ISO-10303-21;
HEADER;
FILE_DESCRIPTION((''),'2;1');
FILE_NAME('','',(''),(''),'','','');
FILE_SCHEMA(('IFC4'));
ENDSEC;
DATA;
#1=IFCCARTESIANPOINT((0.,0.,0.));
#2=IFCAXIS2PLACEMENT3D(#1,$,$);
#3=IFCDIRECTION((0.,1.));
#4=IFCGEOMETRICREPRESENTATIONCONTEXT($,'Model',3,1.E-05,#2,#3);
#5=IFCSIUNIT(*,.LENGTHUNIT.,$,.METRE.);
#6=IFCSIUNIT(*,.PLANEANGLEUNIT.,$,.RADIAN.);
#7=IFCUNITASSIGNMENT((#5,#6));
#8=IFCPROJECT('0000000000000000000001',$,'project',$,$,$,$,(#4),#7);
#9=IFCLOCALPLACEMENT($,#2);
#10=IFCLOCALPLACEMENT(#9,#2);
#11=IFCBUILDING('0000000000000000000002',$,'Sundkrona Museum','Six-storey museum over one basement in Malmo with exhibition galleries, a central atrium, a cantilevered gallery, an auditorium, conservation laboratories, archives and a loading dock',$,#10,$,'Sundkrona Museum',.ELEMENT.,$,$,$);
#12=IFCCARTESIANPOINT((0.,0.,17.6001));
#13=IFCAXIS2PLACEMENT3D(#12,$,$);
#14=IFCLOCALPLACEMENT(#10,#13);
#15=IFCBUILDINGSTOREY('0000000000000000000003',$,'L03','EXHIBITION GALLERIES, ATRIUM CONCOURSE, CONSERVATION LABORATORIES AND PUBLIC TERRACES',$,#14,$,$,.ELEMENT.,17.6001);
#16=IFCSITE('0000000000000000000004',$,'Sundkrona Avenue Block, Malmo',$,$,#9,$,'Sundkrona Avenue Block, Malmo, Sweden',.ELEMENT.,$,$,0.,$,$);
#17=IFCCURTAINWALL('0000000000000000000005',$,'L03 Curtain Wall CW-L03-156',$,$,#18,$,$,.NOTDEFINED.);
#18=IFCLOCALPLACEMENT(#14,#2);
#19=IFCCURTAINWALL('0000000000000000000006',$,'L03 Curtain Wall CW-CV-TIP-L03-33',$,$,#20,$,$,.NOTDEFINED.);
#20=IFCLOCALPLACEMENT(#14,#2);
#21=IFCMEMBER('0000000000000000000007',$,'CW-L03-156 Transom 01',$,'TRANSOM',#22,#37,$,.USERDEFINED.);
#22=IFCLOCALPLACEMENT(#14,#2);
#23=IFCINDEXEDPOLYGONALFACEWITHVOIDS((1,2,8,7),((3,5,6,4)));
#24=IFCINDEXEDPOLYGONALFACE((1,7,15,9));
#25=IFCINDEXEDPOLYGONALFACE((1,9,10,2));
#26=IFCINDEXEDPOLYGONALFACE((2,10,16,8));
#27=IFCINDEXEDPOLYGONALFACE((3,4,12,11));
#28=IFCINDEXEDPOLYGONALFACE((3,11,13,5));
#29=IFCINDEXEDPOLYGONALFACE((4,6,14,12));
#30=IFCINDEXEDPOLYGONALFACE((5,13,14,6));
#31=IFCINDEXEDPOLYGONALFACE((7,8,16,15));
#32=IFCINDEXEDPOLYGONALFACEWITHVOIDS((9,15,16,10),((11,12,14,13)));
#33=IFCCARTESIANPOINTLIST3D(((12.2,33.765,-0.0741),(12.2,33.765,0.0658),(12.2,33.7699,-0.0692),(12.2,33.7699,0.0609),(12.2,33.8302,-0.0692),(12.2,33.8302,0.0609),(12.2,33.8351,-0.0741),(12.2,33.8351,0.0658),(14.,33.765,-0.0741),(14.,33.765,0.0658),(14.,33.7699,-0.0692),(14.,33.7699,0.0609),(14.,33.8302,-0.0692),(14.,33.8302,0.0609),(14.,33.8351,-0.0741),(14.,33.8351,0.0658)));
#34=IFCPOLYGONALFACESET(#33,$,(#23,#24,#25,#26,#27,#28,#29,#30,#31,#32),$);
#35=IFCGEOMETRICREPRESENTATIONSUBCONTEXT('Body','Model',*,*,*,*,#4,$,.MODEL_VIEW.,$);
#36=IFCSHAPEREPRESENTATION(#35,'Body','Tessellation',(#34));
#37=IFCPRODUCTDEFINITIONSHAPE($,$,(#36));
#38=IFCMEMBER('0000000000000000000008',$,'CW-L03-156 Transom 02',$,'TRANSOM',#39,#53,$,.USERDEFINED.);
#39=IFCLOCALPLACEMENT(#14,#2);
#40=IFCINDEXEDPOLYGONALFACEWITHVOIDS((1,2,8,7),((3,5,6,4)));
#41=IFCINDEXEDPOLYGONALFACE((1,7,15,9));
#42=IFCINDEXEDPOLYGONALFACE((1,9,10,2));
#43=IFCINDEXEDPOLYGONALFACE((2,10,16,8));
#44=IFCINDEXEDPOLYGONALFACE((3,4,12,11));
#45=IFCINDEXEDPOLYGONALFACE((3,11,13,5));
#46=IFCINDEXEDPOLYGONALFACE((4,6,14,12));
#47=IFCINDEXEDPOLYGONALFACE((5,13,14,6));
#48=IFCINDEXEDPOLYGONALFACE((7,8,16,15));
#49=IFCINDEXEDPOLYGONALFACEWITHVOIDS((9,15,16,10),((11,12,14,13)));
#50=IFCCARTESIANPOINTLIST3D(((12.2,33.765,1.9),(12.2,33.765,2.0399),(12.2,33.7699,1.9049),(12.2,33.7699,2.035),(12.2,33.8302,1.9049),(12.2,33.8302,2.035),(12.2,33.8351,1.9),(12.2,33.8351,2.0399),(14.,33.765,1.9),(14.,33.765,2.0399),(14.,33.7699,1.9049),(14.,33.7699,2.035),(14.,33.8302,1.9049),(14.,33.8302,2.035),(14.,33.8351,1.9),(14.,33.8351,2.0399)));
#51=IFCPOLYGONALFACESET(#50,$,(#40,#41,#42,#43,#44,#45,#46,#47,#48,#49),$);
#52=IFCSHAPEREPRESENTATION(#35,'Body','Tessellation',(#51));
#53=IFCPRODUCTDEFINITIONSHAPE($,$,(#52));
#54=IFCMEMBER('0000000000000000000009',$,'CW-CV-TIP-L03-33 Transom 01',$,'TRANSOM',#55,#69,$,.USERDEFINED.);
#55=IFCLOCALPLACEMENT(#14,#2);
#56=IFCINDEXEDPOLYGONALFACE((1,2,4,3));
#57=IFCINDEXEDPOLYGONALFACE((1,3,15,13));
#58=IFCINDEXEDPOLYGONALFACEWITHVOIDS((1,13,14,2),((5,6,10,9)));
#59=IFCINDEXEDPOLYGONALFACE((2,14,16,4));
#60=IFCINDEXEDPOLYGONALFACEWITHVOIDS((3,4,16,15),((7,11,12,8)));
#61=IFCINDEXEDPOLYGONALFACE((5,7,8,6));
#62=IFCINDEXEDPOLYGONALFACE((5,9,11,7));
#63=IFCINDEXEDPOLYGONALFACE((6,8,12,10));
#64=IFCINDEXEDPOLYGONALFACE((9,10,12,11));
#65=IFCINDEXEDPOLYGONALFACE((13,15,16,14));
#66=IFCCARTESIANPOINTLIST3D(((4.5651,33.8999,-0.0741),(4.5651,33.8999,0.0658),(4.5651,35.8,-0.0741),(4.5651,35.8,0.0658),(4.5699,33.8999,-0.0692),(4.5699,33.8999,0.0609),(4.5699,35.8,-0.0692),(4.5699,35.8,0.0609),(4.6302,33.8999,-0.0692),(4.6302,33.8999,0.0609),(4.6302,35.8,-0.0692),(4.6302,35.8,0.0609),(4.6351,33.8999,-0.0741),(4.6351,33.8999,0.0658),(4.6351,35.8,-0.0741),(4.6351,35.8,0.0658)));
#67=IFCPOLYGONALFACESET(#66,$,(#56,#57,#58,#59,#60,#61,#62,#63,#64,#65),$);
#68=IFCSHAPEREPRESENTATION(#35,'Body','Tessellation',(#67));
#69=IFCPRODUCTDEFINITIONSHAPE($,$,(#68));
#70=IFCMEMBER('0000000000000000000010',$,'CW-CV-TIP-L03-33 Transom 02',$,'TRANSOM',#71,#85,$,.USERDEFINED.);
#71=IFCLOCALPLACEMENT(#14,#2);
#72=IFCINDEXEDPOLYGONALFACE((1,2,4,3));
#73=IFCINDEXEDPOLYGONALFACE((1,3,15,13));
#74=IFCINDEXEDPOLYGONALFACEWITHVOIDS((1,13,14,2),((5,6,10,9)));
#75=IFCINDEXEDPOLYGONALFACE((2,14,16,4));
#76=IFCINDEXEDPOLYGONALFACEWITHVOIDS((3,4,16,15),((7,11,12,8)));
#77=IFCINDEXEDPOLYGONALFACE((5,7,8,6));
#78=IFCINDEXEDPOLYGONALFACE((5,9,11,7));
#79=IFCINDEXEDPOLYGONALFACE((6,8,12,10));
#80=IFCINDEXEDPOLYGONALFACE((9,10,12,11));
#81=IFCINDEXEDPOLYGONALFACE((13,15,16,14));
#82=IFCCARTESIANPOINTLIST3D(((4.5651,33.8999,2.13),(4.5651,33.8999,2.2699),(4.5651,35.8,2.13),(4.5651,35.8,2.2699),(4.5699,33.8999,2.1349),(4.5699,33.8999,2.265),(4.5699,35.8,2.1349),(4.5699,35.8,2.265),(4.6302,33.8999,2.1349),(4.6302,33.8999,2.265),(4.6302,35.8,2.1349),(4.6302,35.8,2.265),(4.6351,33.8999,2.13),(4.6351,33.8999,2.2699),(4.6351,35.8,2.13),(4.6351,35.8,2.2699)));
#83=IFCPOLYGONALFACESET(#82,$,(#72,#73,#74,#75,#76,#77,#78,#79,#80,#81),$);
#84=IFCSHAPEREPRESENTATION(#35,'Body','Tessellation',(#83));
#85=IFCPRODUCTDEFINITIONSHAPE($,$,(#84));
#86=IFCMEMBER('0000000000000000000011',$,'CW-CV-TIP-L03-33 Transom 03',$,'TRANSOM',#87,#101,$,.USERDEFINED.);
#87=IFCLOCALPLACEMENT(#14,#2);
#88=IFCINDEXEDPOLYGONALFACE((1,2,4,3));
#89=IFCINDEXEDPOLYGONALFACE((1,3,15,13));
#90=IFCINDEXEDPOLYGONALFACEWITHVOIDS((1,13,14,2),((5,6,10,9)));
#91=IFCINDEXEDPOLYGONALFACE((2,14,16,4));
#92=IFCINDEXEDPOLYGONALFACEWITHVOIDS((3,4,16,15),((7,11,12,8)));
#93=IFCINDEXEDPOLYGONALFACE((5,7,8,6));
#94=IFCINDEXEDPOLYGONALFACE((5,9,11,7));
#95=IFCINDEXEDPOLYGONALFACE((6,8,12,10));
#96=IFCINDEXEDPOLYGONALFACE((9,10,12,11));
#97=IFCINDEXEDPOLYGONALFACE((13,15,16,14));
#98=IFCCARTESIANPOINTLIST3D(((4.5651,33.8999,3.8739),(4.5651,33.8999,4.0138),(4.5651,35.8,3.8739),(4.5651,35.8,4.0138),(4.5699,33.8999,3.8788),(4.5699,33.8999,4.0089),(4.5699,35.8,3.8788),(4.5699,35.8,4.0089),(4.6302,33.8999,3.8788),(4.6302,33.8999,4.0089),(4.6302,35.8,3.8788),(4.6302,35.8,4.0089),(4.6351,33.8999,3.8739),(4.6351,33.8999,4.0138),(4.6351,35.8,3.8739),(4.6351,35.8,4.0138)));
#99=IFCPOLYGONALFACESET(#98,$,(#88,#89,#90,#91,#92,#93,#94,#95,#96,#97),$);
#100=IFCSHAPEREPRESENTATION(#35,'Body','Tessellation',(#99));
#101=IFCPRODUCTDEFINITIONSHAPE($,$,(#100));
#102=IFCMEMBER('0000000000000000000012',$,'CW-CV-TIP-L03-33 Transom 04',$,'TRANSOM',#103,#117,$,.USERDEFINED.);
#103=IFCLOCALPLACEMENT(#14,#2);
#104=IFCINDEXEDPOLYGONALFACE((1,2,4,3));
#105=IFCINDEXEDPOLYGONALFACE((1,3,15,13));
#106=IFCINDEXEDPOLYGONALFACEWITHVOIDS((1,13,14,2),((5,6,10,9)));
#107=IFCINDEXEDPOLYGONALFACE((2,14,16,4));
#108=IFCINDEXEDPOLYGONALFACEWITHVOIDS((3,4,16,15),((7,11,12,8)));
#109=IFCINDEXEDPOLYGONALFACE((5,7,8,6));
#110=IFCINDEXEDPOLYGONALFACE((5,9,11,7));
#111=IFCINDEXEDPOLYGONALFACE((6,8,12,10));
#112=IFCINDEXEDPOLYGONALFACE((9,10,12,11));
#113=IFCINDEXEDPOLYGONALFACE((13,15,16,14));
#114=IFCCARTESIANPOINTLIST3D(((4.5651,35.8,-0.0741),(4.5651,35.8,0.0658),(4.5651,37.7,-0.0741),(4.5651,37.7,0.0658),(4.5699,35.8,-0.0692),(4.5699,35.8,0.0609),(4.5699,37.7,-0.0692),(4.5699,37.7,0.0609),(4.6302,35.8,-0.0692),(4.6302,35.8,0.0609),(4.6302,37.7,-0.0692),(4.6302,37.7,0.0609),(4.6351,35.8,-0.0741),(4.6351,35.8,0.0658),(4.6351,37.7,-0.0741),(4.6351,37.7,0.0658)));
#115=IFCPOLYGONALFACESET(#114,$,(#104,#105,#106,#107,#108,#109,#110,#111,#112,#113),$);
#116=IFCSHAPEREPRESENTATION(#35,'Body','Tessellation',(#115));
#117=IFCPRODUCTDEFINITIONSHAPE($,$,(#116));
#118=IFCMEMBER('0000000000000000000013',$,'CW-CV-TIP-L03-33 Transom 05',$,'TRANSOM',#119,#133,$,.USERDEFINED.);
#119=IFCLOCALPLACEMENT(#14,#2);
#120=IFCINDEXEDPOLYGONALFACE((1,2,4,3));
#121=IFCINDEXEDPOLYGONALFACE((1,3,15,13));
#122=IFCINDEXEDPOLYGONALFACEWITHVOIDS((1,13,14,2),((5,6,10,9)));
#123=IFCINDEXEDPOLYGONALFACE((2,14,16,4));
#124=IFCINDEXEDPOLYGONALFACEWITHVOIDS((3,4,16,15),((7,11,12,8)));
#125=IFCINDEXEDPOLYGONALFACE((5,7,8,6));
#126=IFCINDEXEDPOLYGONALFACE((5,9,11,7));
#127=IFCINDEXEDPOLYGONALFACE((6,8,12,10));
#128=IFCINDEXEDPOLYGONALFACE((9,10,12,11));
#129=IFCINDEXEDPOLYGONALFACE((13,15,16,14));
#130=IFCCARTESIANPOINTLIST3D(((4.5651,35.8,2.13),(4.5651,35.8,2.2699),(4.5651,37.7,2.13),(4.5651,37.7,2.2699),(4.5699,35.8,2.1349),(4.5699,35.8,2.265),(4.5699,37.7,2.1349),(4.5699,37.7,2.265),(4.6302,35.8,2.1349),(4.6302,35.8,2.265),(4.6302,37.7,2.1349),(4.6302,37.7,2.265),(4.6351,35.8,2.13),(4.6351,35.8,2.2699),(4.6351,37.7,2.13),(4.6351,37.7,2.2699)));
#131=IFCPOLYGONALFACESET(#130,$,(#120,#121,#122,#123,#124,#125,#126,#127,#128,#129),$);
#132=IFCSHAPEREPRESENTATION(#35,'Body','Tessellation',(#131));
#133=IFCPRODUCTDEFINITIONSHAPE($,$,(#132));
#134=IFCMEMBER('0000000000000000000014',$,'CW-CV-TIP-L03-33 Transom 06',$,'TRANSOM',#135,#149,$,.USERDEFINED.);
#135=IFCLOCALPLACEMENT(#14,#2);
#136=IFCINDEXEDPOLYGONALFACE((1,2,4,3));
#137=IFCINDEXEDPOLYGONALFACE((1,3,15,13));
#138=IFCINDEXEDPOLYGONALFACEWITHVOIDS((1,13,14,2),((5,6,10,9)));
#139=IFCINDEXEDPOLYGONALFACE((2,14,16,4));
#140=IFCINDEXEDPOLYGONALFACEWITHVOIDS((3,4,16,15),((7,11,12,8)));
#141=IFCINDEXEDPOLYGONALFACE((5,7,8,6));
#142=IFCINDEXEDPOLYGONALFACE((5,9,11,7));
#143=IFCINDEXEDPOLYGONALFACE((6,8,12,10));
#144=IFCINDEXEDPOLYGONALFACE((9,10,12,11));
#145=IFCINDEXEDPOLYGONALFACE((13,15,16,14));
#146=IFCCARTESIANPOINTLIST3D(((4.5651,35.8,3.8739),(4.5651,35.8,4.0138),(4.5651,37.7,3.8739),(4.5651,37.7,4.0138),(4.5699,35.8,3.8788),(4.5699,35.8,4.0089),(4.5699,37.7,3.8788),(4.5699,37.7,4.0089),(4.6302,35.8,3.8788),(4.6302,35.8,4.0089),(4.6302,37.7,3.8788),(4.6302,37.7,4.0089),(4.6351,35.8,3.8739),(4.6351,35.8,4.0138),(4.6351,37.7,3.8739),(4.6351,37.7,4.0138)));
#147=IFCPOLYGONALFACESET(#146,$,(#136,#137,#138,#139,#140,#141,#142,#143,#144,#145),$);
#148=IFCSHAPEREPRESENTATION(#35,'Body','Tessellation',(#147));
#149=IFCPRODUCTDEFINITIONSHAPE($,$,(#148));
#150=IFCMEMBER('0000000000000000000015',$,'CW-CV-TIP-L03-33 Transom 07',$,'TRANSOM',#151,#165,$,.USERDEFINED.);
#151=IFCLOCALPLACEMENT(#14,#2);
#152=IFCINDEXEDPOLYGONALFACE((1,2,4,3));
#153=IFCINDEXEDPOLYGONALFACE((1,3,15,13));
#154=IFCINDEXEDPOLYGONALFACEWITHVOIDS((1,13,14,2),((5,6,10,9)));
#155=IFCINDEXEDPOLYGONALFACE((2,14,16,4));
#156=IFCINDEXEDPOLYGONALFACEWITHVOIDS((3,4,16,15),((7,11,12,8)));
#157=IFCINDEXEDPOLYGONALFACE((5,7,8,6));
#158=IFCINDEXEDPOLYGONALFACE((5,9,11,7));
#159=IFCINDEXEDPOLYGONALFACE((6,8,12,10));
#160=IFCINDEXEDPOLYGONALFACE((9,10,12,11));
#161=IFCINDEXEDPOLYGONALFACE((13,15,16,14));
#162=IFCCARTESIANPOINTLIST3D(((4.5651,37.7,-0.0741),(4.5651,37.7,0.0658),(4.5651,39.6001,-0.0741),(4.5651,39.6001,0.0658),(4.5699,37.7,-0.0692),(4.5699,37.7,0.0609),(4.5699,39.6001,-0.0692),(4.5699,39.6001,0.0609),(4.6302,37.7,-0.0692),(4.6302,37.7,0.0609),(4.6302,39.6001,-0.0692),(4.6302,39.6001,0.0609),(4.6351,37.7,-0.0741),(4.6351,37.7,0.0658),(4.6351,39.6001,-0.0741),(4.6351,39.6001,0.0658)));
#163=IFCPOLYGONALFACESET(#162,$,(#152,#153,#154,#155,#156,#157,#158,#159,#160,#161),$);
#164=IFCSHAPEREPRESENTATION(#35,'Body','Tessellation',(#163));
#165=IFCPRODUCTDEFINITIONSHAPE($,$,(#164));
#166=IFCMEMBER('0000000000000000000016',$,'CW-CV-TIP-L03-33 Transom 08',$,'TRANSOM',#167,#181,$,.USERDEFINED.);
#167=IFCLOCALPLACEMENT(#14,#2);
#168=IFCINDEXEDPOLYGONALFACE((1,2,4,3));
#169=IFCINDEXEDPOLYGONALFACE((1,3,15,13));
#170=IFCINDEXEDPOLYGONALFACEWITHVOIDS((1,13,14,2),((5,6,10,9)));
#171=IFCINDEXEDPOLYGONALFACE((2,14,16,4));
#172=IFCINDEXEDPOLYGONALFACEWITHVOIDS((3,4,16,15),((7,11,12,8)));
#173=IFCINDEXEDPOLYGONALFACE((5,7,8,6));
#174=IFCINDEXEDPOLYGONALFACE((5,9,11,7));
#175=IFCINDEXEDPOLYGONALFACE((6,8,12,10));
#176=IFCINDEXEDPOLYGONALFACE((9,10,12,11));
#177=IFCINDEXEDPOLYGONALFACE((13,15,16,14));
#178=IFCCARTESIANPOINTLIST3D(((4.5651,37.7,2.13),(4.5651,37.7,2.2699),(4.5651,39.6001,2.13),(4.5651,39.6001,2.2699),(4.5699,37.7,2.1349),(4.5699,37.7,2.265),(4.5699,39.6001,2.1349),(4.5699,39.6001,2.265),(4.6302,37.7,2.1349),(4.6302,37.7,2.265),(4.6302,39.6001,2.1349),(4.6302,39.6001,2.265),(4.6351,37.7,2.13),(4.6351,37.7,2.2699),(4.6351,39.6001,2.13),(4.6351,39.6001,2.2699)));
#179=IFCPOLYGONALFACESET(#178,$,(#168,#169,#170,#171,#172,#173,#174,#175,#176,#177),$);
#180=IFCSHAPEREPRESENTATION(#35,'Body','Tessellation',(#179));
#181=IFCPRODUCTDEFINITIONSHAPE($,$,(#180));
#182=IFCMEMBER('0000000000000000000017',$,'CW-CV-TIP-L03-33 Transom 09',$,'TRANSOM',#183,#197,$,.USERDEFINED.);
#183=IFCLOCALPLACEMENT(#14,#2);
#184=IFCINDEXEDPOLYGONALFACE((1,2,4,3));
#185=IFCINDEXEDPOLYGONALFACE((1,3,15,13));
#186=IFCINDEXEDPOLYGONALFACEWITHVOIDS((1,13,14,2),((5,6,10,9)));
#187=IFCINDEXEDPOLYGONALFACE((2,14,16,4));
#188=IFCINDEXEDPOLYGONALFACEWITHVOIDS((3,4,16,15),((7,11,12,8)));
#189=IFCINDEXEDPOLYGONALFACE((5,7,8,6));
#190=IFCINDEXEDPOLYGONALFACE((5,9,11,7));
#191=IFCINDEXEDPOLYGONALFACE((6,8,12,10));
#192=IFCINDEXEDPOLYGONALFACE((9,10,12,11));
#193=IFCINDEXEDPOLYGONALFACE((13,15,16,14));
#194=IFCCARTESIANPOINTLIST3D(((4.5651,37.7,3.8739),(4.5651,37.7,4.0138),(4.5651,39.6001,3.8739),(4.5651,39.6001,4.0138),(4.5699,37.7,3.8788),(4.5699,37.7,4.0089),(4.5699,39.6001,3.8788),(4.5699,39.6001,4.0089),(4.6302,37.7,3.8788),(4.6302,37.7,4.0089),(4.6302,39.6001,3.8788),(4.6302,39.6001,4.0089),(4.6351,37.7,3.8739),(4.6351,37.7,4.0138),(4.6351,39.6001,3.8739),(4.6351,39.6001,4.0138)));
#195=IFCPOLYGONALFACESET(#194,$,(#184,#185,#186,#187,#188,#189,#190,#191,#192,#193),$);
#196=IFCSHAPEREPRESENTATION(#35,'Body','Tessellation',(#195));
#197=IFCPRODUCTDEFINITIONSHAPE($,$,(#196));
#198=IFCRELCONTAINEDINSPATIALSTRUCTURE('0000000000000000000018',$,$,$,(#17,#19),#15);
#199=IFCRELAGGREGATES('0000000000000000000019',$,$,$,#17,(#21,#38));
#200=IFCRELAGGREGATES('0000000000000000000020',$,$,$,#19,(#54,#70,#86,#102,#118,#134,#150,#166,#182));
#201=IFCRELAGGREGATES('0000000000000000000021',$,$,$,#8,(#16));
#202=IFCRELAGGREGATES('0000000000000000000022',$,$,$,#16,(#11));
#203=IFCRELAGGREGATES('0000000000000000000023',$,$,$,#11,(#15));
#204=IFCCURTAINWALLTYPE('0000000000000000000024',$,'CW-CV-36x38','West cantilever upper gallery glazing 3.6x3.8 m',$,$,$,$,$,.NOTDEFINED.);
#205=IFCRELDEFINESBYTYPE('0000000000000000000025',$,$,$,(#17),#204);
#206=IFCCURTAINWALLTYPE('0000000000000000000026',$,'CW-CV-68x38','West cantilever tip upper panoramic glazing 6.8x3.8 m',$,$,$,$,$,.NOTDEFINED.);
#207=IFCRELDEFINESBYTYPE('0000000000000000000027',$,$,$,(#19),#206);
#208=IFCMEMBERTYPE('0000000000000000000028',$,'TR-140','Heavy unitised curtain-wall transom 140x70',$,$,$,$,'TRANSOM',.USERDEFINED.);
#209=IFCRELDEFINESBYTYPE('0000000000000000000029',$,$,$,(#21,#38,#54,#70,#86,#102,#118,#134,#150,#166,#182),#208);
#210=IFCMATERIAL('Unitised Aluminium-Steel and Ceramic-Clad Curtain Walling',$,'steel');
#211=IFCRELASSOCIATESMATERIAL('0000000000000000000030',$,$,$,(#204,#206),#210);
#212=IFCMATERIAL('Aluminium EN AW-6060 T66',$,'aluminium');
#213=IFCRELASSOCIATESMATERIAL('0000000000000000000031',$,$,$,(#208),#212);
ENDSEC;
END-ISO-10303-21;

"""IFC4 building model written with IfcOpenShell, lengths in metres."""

from ifc_helpers import new_model, si_unit, direction, frame, origin, origin_2d, place, context, subcontext, project, spatial, hollow_rectangle, extrude, material, material_profile, profile_set, type_object, element, aggregate, save


model = new_model("IFC4")

# Units and contexts
model_context = context("Model", 3, precision=1e-05, world=origin(), true_north=direction((0.0, 1.0)))
body_context = subcontext(model_context, "Body", "Model", "MODEL_VIEW")
ifc_project = project(units=[si_unit("LENGTHUNIT", "METRE"), si_unit("PLANEANGLEUNIT", "RADIAN")], contexts=[model_context])

# Site, building, storey
site_placement = place(None, origin())
site = spatial("IfcSite", under=ifc_project, at=site_placement, Name="Sundkrona Avenue Block, Malmo", LongName="Sundkrona Avenue Block, Malmo, Sweden", CompositionType="ELEMENT", RefElevation=0.0)
building_placement = place(site_placement, origin())
building = spatial("IfcBuilding", under=site, at=building_placement, Name="Sundkrona Museum", Description="Six-storey museum over one basement in Malmo with exhibition galleries, a central atrium, a cantilevered gallery, an auditorium, conservation laboratories, archives and a loading dock", LongName="Sundkrona Museum", CompositionType="ELEMENT")
storey_placement = place(building_placement, frame((0.0, 0.0, 17.6001)))
storey = spatial("IfcBuildingStorey", under=building, at=storey_placement, Name="L03", Description="EXHIBITION GALLERIES, ATRIUM CONCOURSE, CONSERVATION LABORATORIES AND PUBLIC TERRACES", CompositionType="ELEMENT", Elevation=17.6001)

# Shared definitions
ifc_material_1 = material(Name="Unitised Aluminium-Steel and Ceramic-Clad Curtain Walling", Category="steel")
curtain_wall_type_1 = type_object("IfcCurtainWallType", Name="CW-CV-36x38", Description="West cantilever upper gallery glazing 3.6x3.8 m", PredefinedType="NOTDEFINED", material=ifc_material_1)
ifc_material_2 = material(Name="Aluminium EN AW-6060 T66", Category="aluminium")

# Curtain wall
curtain_wall_1_placement = place(storey_placement, origin())
curtain_wall_1 = element("IfcCurtainWall", 1, at=curtain_wall_1_placement, inside=storey, type_object=curtain_wall_type_1, Name="L03 Curtain Wall CW-L03-156", PredefinedType="NOTDEFINED")

# Curtain wall
curtain_wall_type_2 = type_object("IfcCurtainWallType", Name="CW-CV-68x38", Description="West cantilever tip upper panoramic glazing 6.8x3.8 m", PredefinedType="NOTDEFINED", material=ifc_material_1)
curtain_wall_2_placement = place(storey_placement, origin())
curtain_wall_2 = element("IfcCurtainWall", 2, at=curtain_wall_2_placement, inside=storey, type_object=curtain_wall_type_2, Name="L03 Curtain Wall CW-CV-TIP-L03-33", PredefinedType="NOTDEFINED")

# Members
ifc_material_profile_1 = material_profile(ifc_material_2, hollow_rectangle(XDim=0.0701, YDim=0.1399, WallThickness=0.0049, at=origin_2d()), Name="RHS 140x70x5.0")
ifc_profile_set_1 = profile_set([ifc_material_profile_1], Name="Aluminium EN AW-6060 T66")
member_type_1 = type_object("IfcMemberType", Name="TR-140", Description="Heavy unitised curtain-wall transom 140x70", ElementType="TRANSOM", PredefinedType="USERDEFINED", material=ifc_profile_set_1)
member_1_placement = place(storey_placement, frame((12.2, 33.8, -0.0042), z_axis=(1.0, 0.0, 0.0), x_axis=(0.0, 1.0, 0.0)))
member_1 = element("IfcMember", 3, at=member_1_placement, type_object=member_type_1, Name="CW-L03-156 Transom 01", ObjectType="TRANSOM", PredefinedType="USERDEFINED", context=body_context, shape_type="SweptSolid", body=[
    extrude(hollow_rectangle(XDim=0.0701, YDim=0.1399, WallThickness=0.0049, at=origin_2d()), origin(), (0.0, 0.0, 1.0), 1.8),
])
member_2_placement = place(storey_placement, frame((12.2, 33.8, 1.97), z_axis=(1.0, 0.0, 0.0), x_axis=(0.0, 1.0, 0.0)))
member_2 = element("IfcMember", 4, at=member_2_placement, type_object=member_type_1, Name="CW-L03-156 Transom 02", ObjectType="TRANSOM", PredefinedType="USERDEFINED", context=body_context, shape_type="SweptSolid", body=[
    extrude(hollow_rectangle(XDim=0.0701, YDim=0.1399, WallThickness=0.0049, at=origin_2d()), origin(), (0.0, 0.0, 1.0), 1.8),
])
aggregate(curtain_wall_1, [member_1, member_2])
member_3_placement = place(storey_placement, frame((4.6001, 33.8999, -0.0042), z_axis=(0.0, 1.0, 0.0), x_axis=(-1.0, 0.0, 0.0)))
member_3 = element("IfcMember", 5, at=member_3_placement, type_object=member_type_1, Name="CW-CV-TIP-L03-33 Transom 01", ObjectType="TRANSOM", PredefinedType="USERDEFINED", context=body_context, shape_type="SweptSolid", body=[
    extrude(hollow_rectangle(XDim=0.0701, YDim=0.1399, WallThickness=0.0049, at=origin_2d()), origin(), (0.0, 0.0, 1.0), 1.9001),
])
member_4_placement = place(storey_placement, frame((4.6001, 33.8999, 2.2), z_axis=(0.0, 1.0, 0.0), x_axis=(-1.0, 0.0, 0.0)))
member_4 = element("IfcMember", 6, at=member_4_placement, type_object=member_type_1, Name="CW-CV-TIP-L03-33 Transom 02", ObjectType="TRANSOM", PredefinedType="USERDEFINED", context=body_context, shape_type="SweptSolid", body=[
    extrude(hollow_rectangle(XDim=0.0701, YDim=0.1399, WallThickness=0.0049, at=origin_2d()), origin(), (0.0, 0.0, 1.0), 1.9001),
])
member_5_placement = place(storey_placement, frame((4.6001, 33.8999, 3.9438), z_axis=(0.0, 1.0, 0.0), x_axis=(-1.0, 0.0, 0.0)))
member_5 = element("IfcMember", 7, at=member_5_placement, type_object=member_type_1, Name="CW-CV-TIP-L03-33 Transom 03", ObjectType="TRANSOM", PredefinedType="USERDEFINED", context=body_context, shape_type="SweptSolid", body=[
    extrude(hollow_rectangle(XDim=0.0701, YDim=0.1399, WallThickness=0.0049, at=origin_2d()), origin(), (0.0, 0.0, 1.0), 1.9001),
])
member_6_placement = place(storey_placement, frame((4.6001, 35.8, -0.0042), z_axis=(0.0, 1.0, 0.0), x_axis=(-1.0, 0.0, 0.0)))
member_6 = element("IfcMember", 8, at=member_6_placement, type_object=member_type_1, Name="CW-CV-TIP-L03-33 Transom 04", ObjectType="TRANSOM", PredefinedType="USERDEFINED", context=body_context, shape_type="SweptSolid", body=[
    extrude(hollow_rectangle(XDim=0.0701, YDim=0.1399, WallThickness=0.0049, at=origin_2d()), origin(), (0.0, 0.0, 1.0), 1.8999),
])
member_7_placement = place(storey_placement, frame((4.6001, 35.8, 2.2), z_axis=(0.0, 1.0, 0.0), x_axis=(-1.0, 0.0, 0.0)))
member_7 = element("IfcMember", 9, at=member_7_placement, type_object=member_type_1, Name="CW-CV-TIP-L03-33 Transom 05", ObjectType="TRANSOM", PredefinedType="USERDEFINED", context=body_context, shape_type="SweptSolid", body=[
    extrude(hollow_rectangle(XDim=0.0701, YDim=0.1399, WallThickness=0.0049, at=origin_2d()), origin(), (0.0, 0.0, 1.0), 1.8999),
])
member_8_placement = place(storey_placement, frame((4.6001, 35.8, 3.9438), z_axis=(0.0, 1.0, 0.0), x_axis=(-1.0, 0.0, 0.0)))
member_8 = element("IfcMember", 10, at=member_8_placement, type_object=member_type_1, Name="CW-CV-TIP-L03-33 Transom 06", ObjectType="TRANSOM", PredefinedType="USERDEFINED", context=body_context, shape_type="SweptSolid", body=[
    extrude(hollow_rectangle(XDim=0.0701, YDim=0.1399, WallThickness=0.0049, at=origin_2d()), origin(), (0.0, 0.0, 1.0), 1.8999),
])
member_9_placement = place(storey_placement, frame((4.6001, 37.7, -0.0042), z_axis=(0.0, 1.0, 0.0), x_axis=(-1.0, 0.0, 0.0)))
member_9 = element("IfcMember", 11, at=member_9_placement, type_object=member_type_1, Name="CW-CV-TIP-L03-33 Transom 07", ObjectType="TRANSOM", PredefinedType="USERDEFINED", context=body_context, shape_type="SweptSolid", body=[
    extrude(hollow_rectangle(XDim=0.0701, YDim=0.1399, WallThickness=0.0049, at=origin_2d()), origin(), (0.0, 0.0, 1.0), 1.9001),
])
member_10_placement = place(storey_placement, frame((4.6001, 37.7, 2.2), z_axis=(0.0, 1.0, 0.0), x_axis=(-1.0, 0.0, 0.0)))
member_10 = element("IfcMember", 12, at=member_10_placement, type_object=member_type_1, Name="CW-CV-TIP-L03-33 Transom 08", ObjectType="TRANSOM", PredefinedType="USERDEFINED", context=body_context, shape_type="SweptSolid", body=[
    extrude(hollow_rectangle(XDim=0.0701, YDim=0.1399, WallThickness=0.0049, at=origin_2d()), origin(), (0.0, 0.0, 1.0), 1.9001),
])
member_11_placement = place(storey_placement, frame((4.6001, 37.7, 3.9438), z_axis=(0.0, 1.0, 0.0), x_axis=(-1.0, 0.0, 0.0)))
member_11 = element("IfcMember", 13, at=member_11_placement, type_object=member_type_1, Name="CW-CV-TIP-L03-33 Transom 09", ObjectType="TRANSOM", PredefinedType="USERDEFINED", context=body_context, shape_type="SweptSolid", body=[
    extrude(hollow_rectangle(XDim=0.0701, YDim=0.1399, WallThickness=0.0049, at=origin_2d()), origin(), (0.0, 0.0, 1.0), 1.9001),
])

aggregate(curtain_wall_2, [member_3, member_4, member_5, member_6, member_7, member_8, member_9, member_10, member_11])

save(model, "model.ifc")
